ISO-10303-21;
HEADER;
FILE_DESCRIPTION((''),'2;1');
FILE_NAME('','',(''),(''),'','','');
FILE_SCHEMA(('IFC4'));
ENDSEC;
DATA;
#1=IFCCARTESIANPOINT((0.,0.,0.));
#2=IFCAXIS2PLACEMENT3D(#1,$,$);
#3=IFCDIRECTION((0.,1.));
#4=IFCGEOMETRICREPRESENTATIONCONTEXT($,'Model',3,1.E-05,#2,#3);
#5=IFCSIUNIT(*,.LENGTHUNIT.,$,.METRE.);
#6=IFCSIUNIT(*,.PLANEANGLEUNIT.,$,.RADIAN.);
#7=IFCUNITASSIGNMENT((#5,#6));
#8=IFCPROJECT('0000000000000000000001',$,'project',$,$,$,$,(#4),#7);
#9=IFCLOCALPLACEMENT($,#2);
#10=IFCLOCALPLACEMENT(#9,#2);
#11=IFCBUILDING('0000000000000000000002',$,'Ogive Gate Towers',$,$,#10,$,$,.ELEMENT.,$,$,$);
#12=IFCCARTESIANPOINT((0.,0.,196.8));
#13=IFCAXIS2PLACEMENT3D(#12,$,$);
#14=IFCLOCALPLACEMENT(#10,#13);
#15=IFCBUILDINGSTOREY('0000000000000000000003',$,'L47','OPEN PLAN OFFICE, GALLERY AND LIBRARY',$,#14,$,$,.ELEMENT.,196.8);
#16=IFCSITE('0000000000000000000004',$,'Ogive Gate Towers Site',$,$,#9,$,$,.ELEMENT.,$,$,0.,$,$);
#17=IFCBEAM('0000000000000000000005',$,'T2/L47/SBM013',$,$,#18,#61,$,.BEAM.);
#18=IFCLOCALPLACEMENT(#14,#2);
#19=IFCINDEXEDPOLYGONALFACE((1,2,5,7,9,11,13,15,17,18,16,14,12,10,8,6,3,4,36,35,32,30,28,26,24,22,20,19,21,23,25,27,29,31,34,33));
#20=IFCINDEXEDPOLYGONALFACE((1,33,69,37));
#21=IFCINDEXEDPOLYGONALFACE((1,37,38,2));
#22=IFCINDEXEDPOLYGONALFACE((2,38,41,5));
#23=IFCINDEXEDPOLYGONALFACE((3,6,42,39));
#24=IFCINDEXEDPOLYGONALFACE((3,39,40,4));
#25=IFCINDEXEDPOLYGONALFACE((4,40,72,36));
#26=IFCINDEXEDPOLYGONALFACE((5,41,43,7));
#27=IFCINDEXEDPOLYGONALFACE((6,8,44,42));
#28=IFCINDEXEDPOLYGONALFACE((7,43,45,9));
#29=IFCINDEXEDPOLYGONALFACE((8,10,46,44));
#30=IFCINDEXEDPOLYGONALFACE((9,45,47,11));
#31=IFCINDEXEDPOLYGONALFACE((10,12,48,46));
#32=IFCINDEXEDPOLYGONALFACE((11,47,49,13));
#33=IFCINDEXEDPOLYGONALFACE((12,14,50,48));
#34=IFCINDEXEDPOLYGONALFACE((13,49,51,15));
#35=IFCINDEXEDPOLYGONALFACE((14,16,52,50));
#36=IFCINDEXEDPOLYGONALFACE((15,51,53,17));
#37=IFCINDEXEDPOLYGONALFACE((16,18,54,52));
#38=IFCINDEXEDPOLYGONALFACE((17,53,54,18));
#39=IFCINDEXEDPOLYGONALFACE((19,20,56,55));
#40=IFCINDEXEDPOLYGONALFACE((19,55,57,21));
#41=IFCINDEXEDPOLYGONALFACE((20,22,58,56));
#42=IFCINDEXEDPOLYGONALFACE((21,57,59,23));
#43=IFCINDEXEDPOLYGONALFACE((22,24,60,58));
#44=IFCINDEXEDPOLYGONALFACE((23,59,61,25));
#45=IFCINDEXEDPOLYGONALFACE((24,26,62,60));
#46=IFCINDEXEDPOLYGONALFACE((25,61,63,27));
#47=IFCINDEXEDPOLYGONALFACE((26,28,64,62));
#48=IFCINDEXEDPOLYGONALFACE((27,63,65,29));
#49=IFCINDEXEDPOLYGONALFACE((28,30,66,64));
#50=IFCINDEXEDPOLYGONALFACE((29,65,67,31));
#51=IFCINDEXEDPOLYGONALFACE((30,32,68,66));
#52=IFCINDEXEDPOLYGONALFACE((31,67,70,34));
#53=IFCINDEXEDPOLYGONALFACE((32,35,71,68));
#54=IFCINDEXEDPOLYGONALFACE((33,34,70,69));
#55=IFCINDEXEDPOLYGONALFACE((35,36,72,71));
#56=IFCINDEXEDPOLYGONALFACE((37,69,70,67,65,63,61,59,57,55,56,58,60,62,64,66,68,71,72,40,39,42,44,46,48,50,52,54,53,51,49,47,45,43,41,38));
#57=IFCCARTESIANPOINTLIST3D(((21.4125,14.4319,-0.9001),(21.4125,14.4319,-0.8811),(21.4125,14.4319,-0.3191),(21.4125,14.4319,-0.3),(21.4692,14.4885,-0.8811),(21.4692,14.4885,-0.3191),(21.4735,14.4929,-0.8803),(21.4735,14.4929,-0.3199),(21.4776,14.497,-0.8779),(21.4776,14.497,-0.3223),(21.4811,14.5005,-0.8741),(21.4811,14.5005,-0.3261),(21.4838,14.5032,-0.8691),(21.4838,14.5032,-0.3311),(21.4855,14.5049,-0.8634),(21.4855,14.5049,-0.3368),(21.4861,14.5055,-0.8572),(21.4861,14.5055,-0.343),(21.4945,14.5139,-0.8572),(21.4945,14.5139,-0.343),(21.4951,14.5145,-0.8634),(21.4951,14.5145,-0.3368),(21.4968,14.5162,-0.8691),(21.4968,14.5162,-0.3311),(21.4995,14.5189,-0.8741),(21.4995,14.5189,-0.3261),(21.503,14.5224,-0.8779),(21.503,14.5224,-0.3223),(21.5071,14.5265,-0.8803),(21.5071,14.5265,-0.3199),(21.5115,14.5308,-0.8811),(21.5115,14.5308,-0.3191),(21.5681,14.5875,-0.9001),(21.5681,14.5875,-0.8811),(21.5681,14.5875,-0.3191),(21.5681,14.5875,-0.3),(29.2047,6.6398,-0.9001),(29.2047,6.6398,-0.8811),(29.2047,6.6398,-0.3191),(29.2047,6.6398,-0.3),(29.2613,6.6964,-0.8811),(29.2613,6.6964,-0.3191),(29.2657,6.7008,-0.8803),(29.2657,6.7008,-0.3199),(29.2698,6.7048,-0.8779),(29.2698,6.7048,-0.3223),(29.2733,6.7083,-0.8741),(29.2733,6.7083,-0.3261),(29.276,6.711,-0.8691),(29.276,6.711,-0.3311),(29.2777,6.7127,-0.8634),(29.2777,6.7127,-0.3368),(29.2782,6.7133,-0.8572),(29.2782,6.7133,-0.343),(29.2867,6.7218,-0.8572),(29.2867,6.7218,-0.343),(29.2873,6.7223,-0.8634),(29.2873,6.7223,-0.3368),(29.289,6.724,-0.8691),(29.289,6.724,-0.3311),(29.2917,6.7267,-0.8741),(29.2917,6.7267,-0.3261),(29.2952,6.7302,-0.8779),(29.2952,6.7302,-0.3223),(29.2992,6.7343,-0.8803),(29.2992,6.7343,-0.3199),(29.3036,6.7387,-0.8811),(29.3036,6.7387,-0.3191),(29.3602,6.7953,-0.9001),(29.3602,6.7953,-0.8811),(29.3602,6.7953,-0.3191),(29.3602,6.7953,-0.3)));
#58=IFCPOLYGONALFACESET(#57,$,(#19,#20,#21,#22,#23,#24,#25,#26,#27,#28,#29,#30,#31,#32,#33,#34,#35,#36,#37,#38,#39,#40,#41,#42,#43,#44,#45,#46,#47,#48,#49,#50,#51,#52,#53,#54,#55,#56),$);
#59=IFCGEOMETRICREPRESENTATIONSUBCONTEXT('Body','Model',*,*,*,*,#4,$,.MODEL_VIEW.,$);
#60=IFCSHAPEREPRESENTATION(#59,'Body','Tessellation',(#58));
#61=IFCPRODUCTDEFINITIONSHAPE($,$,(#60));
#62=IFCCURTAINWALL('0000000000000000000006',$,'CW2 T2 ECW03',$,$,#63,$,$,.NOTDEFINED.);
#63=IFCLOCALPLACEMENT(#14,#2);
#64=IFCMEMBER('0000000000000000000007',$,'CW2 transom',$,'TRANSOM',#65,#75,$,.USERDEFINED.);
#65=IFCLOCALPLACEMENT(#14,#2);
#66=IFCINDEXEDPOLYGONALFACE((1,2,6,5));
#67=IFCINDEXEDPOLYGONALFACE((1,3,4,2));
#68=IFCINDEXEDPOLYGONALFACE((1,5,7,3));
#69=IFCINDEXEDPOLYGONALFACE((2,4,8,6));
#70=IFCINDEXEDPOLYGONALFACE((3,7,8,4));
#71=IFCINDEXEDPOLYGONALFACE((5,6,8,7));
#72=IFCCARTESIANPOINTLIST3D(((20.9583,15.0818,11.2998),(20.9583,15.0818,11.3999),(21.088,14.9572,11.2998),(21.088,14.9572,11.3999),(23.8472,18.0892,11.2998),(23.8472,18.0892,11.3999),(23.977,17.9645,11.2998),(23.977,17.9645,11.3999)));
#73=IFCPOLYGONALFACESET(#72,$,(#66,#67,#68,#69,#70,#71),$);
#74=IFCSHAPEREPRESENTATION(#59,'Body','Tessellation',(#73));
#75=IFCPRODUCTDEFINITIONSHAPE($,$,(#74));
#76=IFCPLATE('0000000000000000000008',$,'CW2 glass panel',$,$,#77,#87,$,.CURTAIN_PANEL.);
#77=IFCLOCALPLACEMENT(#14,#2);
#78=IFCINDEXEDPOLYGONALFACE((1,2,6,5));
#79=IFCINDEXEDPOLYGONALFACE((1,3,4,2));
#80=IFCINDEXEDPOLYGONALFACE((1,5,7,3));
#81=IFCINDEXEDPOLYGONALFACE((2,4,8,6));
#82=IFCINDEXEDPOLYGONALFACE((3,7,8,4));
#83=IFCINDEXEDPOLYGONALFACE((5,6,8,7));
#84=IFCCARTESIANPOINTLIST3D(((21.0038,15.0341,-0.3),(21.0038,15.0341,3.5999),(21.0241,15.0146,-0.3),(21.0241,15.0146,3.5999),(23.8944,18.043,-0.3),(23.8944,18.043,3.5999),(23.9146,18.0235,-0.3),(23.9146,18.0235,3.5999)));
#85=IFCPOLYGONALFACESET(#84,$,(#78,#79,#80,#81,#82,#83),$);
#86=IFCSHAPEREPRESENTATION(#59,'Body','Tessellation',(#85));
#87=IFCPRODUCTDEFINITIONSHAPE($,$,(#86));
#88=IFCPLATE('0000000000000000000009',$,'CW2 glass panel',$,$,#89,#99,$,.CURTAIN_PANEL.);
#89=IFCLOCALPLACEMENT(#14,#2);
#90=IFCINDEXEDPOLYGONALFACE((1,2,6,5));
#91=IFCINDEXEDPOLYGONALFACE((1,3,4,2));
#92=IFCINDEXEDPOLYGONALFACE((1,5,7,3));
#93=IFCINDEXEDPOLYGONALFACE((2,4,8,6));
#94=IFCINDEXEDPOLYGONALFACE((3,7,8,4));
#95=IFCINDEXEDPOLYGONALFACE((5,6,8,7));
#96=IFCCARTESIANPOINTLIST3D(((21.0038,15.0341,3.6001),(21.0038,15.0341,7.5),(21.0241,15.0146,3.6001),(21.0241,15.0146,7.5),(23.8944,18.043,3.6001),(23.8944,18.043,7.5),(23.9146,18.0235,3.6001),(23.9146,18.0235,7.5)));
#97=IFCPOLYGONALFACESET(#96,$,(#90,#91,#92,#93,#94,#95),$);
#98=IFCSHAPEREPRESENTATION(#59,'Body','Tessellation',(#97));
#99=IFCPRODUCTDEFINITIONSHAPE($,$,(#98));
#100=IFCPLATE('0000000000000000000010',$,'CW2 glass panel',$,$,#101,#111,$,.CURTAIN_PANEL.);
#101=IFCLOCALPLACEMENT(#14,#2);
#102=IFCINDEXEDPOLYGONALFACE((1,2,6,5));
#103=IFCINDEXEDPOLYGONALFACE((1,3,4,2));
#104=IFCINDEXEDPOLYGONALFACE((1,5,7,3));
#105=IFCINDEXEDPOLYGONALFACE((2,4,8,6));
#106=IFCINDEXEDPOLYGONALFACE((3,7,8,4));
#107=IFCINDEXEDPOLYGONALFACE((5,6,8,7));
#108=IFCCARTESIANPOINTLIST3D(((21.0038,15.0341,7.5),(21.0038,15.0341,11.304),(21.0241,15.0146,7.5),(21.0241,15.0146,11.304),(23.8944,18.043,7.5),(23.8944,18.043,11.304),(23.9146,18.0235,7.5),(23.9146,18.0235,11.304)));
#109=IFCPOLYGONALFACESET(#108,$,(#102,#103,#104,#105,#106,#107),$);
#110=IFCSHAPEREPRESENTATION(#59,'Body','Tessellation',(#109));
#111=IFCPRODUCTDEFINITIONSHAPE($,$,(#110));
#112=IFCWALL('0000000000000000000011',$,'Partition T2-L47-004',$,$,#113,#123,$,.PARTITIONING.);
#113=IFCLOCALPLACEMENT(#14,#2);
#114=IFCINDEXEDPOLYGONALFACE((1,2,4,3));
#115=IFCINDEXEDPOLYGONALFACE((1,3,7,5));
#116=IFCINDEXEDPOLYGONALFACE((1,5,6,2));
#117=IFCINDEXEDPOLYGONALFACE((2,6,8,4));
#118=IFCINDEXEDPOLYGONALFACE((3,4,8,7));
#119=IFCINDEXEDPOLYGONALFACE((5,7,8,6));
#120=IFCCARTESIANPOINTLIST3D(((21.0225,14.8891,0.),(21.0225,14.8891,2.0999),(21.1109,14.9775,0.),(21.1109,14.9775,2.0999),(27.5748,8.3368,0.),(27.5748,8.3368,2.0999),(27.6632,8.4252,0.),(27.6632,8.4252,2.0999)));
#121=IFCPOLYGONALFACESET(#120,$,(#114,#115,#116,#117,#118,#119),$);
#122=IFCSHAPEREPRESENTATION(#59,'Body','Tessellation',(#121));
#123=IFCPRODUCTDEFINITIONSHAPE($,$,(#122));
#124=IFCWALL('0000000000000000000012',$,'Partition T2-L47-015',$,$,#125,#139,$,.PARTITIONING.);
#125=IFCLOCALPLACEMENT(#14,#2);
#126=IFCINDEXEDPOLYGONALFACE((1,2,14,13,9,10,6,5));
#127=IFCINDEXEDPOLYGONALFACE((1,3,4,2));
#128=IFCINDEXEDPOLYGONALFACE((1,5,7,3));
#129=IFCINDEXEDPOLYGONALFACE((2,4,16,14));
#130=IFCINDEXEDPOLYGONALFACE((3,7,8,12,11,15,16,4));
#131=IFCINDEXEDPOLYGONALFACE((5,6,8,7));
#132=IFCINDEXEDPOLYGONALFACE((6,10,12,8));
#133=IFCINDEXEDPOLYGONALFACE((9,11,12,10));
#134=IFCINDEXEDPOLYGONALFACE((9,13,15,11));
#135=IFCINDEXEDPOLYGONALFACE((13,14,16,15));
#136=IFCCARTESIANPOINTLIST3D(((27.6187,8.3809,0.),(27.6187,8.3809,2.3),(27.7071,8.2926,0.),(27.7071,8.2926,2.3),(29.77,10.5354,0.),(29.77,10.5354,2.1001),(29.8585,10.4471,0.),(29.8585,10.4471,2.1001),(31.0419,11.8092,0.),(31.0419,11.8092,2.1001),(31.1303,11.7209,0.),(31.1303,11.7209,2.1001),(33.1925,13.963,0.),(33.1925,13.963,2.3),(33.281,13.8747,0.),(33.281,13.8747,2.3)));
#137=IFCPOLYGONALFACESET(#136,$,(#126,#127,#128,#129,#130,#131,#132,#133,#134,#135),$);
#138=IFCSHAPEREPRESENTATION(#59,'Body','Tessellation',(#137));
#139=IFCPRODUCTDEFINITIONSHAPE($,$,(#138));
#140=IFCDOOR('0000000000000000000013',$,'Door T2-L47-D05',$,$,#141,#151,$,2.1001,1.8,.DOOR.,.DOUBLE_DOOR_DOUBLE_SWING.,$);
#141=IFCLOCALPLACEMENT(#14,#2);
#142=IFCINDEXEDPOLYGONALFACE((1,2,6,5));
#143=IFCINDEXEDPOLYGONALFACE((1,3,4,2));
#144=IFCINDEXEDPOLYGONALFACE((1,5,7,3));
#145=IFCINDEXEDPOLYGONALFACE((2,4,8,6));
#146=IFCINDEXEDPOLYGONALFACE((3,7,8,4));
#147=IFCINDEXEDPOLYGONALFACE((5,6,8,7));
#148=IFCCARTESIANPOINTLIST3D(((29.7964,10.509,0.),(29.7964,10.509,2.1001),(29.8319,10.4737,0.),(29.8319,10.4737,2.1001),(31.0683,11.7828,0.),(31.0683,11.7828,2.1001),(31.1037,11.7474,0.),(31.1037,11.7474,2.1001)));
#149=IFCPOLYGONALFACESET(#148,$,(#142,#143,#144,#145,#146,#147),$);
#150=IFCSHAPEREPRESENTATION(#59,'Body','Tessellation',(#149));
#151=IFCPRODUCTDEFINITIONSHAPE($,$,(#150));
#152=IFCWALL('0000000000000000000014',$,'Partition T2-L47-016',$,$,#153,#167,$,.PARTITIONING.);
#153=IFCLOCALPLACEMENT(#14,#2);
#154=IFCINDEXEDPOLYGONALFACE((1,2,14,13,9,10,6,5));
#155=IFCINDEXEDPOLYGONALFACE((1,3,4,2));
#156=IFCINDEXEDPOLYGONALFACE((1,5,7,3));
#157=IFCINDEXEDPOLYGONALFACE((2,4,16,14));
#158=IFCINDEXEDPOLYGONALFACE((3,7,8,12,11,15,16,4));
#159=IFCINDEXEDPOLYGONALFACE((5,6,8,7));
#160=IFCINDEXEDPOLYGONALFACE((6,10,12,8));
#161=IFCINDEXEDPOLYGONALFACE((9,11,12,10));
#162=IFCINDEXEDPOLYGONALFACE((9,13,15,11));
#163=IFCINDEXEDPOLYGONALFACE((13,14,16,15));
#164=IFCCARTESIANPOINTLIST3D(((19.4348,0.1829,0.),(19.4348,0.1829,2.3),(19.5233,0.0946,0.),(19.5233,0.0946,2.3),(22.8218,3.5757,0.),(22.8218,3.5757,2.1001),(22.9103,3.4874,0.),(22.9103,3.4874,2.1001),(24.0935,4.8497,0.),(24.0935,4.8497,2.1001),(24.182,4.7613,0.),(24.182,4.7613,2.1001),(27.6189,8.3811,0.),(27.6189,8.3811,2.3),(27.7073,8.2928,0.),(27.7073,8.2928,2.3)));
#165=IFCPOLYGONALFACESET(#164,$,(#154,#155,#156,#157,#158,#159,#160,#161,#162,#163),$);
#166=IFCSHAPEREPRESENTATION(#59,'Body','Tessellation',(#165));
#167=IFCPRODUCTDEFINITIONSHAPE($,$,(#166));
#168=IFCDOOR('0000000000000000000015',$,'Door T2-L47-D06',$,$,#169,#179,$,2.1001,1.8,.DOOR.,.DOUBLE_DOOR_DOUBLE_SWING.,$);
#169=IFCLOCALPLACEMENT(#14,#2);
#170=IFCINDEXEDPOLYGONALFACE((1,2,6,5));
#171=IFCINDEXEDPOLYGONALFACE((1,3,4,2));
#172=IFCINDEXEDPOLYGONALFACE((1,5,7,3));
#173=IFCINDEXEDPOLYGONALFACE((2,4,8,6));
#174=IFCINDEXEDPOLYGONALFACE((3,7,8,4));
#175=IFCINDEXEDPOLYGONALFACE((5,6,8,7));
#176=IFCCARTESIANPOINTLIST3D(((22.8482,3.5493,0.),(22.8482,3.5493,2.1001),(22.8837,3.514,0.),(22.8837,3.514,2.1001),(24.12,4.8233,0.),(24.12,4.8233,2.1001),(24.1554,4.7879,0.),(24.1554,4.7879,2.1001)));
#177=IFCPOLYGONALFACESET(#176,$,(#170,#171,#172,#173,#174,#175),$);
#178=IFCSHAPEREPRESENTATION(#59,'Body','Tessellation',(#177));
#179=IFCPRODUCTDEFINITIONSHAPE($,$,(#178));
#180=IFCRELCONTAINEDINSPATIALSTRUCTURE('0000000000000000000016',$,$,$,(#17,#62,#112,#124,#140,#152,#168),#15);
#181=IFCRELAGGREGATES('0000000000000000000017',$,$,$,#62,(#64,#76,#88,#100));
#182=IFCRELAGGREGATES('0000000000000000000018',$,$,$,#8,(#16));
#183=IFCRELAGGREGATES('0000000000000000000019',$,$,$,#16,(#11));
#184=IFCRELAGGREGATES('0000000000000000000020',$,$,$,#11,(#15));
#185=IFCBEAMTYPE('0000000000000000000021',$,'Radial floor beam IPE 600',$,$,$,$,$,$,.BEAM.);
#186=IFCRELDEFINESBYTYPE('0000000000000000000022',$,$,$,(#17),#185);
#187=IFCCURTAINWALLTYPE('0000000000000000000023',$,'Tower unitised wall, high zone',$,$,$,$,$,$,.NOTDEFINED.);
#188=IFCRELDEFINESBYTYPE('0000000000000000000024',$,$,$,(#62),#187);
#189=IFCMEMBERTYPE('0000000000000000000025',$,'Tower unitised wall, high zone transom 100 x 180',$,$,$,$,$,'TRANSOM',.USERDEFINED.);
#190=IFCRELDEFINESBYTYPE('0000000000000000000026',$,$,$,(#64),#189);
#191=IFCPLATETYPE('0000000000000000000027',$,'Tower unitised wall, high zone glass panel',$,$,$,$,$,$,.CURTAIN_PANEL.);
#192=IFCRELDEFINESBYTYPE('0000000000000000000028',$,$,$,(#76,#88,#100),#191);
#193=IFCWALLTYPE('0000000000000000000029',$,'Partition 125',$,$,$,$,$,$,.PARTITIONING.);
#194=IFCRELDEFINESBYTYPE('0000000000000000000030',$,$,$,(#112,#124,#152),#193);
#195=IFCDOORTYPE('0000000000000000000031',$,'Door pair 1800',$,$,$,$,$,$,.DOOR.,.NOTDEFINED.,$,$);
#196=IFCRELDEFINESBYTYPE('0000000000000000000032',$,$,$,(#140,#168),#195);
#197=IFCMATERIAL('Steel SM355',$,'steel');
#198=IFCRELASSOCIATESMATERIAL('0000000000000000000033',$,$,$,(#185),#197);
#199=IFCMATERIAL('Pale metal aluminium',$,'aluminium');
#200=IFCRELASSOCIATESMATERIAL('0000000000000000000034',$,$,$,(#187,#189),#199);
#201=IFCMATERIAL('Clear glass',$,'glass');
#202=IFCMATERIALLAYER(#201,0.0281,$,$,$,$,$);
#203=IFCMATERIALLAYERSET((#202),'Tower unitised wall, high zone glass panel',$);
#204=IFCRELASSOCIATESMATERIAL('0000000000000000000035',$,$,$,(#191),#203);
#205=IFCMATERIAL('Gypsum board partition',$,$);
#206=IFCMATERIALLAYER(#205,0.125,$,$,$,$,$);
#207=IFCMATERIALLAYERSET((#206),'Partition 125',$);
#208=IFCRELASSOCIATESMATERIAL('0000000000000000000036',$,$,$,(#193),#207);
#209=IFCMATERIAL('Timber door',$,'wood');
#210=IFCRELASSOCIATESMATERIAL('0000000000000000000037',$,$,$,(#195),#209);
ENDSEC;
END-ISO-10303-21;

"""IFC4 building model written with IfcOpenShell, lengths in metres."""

from ifc_helpers import new_model, si_unit, direction, frame, frame_2d, origin, origin_2d, place, context, subcontext, project, spatial, rectangle, i_section, extrude, material, layer, layer_set, material_profile, profile_set, type_object, element, fill, aggregate, save


model = new_model("IFC4")

# Units and contexts
model_context = context("Model", 3, precision=1e-05, world=origin(), true_north=direction((0.0, 1.0)))
body_context = subcontext(model_context, "Body", "Model", "MODEL_VIEW")
ifc_project = project(units=[si_unit("LENGTHUNIT", "METRE"), si_unit("PLANEANGLEUNIT", "RADIAN")], contexts=[model_context])

# Site, building, storey
site_placement = place(None, origin())
site = spatial("IfcSite", under=ifc_project, at=site_placement, Name="Ogive Gate Towers Site", CompositionType="ELEMENT", RefElevation=0.0)
building_placement = place(site_placement, origin())
building = spatial("IfcBuilding", under=site, at=building_placement, Name="Ogive Gate Towers", CompositionType="ELEMENT")
storey_placement = place(building_placement, frame((0.0, 0.0, 196.8)))
storey = spatial("IfcBuildingStorey", under=building, at=storey_placement, Name="L47", Description="OPEN PLAN OFFICE, GALLERY AND LIBRARY", CompositionType="ELEMENT", Elevation=196.8)

# Beam
ifc_material_1 = material(Name="Steel SM355", Category="steel")
ifc_material_profile_1 = material_profile(ifc_material_1, i_section(OverallWidth=0.22, OverallDepth=0.6001, WebThickness=0.012, FlangeThickness=0.019, FilletRadius=0.0239, at=origin_2d()), Name="IPE 600")
ifc_profile_set_1 = profile_set([ifc_material_profile_1], Name="Steel SM355")
beam_type_1 = type_object("IfcBeamType", Name="Radial floor beam IPE 600", PredefinedType="BEAM", material=ifc_profile_set_1)
beam_1_placement = place(storey_placement, frame((29.2825, 6.7175, -0.6001), z_axis=(-0.707107, 0.707107, 0.0), x_axis=(-0.707107, -0.707107, 0.0)))
element("IfcBeam", 1, at=beam_1_placement, inside=storey, type_object=beam_type_1, Name="T2/L47/SBM013", PredefinedType="BEAM", context=body_context, shape_type="SweptSolid", body=[
    extrude(i_section(OverallWidth=0.22, OverallDepth=0.6001, WebThickness=0.012, FlangeThickness=0.019, FilletRadius=0.0239, at=origin_2d()), origin(), (0.0, 0.0, 1.0), 11.0198),
])

# Curtain wall, member, plates
ifc_material_2 = material(Name="Pale metal aluminium", Category="aluminium")
curtain_wall_type = type_object("IfcCurtainWallType", Name="Tower unitised wall, high zone", PredefinedType="NOTDEFINED", material=ifc_material_2)
curtain_wall_placement = place(storey_placement, origin())
curtain_wall = element("IfcCurtainWall", 2, at=curtain_wall_placement, inside=storey, type_object=curtain_wall_type, Name="CW2 T2 ECW03", PredefinedType="NOTDEFINED")
ifc_material_profile_2 = material_profile(ifc_material_2, rectangle(XDim=0.1799, YDim=0.1001, at=origin_2d()), Name="100 x 180 aluminium box")
ifc_profile_set_2 = profile_set([ifc_material_profile_2], Name="Pale metal aluminium")
member_type = type_object("IfcMemberType", Name="Tower unitised wall, high zone transom 100 x 180", ElementType="TRANSOM", PredefinedType="USERDEFINED", material=ifc_profile_set_2)
member_placement = place(storey_placement, frame((23.9121, 18.0269, 11.3499), z_axis=(-0.692767, -0.721161, 0.0), x_axis=(0.721161, -0.692767, 0.0)))
member = element("IfcMember", 3, at=member_placement, type_object=member_type, Name="CW2 transom", ObjectType="TRANSOM", PredefinedType="USERDEFINED", context=body_context, shape_type="SweptSolid", body=[
    extrude(rectangle(XDim=0.1799, YDim=0.1001, at=origin_2d()), origin(), (0.0, 0.0, 1.0), 4.1702),
])
ifc_material_3 = material(Name="Clear glass", Category="glass")
ifc_layer_1 = layer(ifc_material_3, 0.0281)
ifc_layer_set_1 = layer_set([ifc_layer_1], Name="Tower unitised wall, high zone glass panel")
plate_type = type_object("IfcPlateType", Name="Tower unitised wall, high zone glass panel", PredefinedType="CURTAIN_PANEL", material=ifc_layer_set_1)
plate_1_placement = place(storey_placement, frame((22.4592, 16.5288, -0.3), z_axis=(0.0, 0.0, 1.0), x_axis=(-0.692785, -0.721144, 0.0)))
plate_1 = element("IfcPlate", 4, at=plate_1_placement, type_object=plate_type, Name="CW2 glass panel", PredefinedType="CURTAIN_PANEL", context=body_context, shape_type="SweptSolid", body=[
    extrude(rectangle(XDim=4.1724, YDim=0.0281, at=origin_2d()), origin(), (0.0, 0.0, 1.0), 3.8999),
])
plate_2_placement = place(storey_placement, frame((22.4592, 16.5288, 3.6001), z_axis=(0.0, 0.0, 1.0), x_axis=(-0.692785, -0.721144, 0.0)))
plate_2 = element("IfcPlate", 5, at=plate_2_placement, type_object=plate_type, Name="CW2 glass panel", PredefinedType="CURTAIN_PANEL", context=body_context, shape_type="SweptSolid", body=[
    extrude(rectangle(XDim=4.1724, YDim=0.0281, at=origin_2d()), origin(), (0.0, 0.0, 1.0), 3.8999),
])
plate_3_placement = place(storey_placement, frame((22.4592, 16.5288, 7.5), z_axis=(0.0, 0.0, 1.0), x_axis=(-0.692785, -0.721144, 0.0)))
plate_3 = element("IfcPlate", 6, at=plate_3_placement, type_object=plate_type, Name="CW2 glass panel", PredefinedType="CURTAIN_PANEL", context=body_context, shape_type="SweptSolid", body=[
    extrude(rectangle(XDim=4.1724, YDim=0.0281, at=origin_2d()), origin(), (0.0, 0.0, 1.0), 3.804),
])
aggregate(curtain_wall, [member, plate_1, plate_2, plate_3])

# Wall
ifc_material_4 = material(Name="Gypsum board partition")
ifc_layer_2 = layer(ifc_material_4, 0.125)
ifc_layer_set_2 = layer_set([ifc_layer_2], Name="Partition 125")
wall_type_1 = type_object("IfcWallType", Name="Partition 125", PredefinedType="PARTITIONING", material=ifc_layer_set_2)
wall_1_placement = place(storey_placement, frame((21.0667, 14.9333, 0.0), z_axis=(0.0, 0.0, 1.0), x_axis=(0.707107, -0.707107, 0.0)))
element("IfcWall", 7, at=wall_1_placement, inside=storey, type_object=wall_type_1, Name="Partition T2-L47-004", PredefinedType="PARTITIONING", context=body_context, shape_type="SweptSolid", body=[
    extrude(rectangle(XDim=9.2664, YDim=0.125, at=frame_2d((4.6333, 0.0))), origin(), (0.0, 0.0, 1.0), 2.0999),
])

# Walls, openings, doors
wall_2_placement = place(storey_placement, frame((33.2368, 13.9189, 0.0), z_axis=(0.0, 0.0, 1.0), x_axis=(-0.70658, -0.707633, 0.0)))
wall_2 = element("IfcWall", 8, at=wall_2_placement, inside=storey, type_object=wall_type_1, Name="Partition T2-L47-015", PredefinedType="PARTITIONING", context=body_context, shape_type="SweptSolid", body=[
    extrude(rectangle(XDim=7.8884, YDim=0.125, at=frame_2d((3.9443, 0.0))), origin(), (0.0, 0.0, 1.0), 2.3),
])
opening_1_placement = place(wall_2_placement, frame((3.0439, 0.0, 0.0)))
opening_1 = element("IfcOpeningElement", 9, at=opening_1_placement, cuts=wall_2, PredefinedType="OPENING", context=body_context, shape_type="SweptSolid", body=[
    extrude(rectangle(XDim=1.8, YDim=2.1001, at=frame_2d((0.8999, 1.05))), frame((0.0, 0.0725, 0.0), z_axis=(0.0, -1.0, 0.0), x_axis=(1.0, 0.0, 0.0)), (0.0, 0.0, 1.0), 0.145),
])
ifc_material_5 = material(Name="Timber door", Category="wood")
door_type_1 = type_object("IfcDoorType", Name="Door pair 1800", OperationType="NOTDEFINED", PredefinedType="DOOR", material=ifc_material_5)
door_1_placement = place(opening_1_placement, origin())
door_1 = element("IfcDoor", 10, at=door_1_placement, inside=storey, type_object=door_type_1, Name="Door T2-L47-D05", OperationType="DOUBLE_DOOR_DOUBLE_SWING", OverallHeight=2.1001, OverallWidth=1.8, PredefinedType="DOOR", context=body_context, shape_type="SweptSolid", body=[
    extrude(rectangle(XDim=1.8, YDim=2.1001, at=frame_2d((0.8999, 1.05))), frame((0.0, 0.0249, 0.0), z_axis=(0.0, -1.0, 0.0), x_axis=(1.0, 0.0, 0.0)), (0.0, 0.0, 1.0), 0.05),
])
fill(opening_1, door_1)
wall_3_placement = place(storey_placement, frame((27.6631, 8.3369, 0.0), z_axis=(0.0, 0.0, 1.0), x_axis=(-0.706495, -0.707718, 0.0)))
wall_3 = element("IfcWall", 11, at=wall_3_placement, inside=storey, type_object=wall_type_1, Name="Partition T2-L47-016", PredefinedType="PARTITIONING", context=body_context, shape_type="SweptSolid", body=[
    extrude(rectangle(XDim=11.584, YDim=0.125, at=frame_2d((5.792, 0.0))), origin(), (0.0, 0.0, 1.0), 2.3),
])
opening_2_placement = place(wall_3_placement, frame((4.99, 0.0, 0.0)))
opening_2 = element("IfcOpeningElement", 12, at=opening_2_placement, cuts=wall_3, PredefinedType="OPENING", context=body_context, shape_type="SweptSolid", body=[
    extrude(rectangle(XDim=1.8, YDim=2.1001, at=frame_2d((0.8999, 1.05))), frame((0.0, 0.0725, 0.0), z_axis=(0.0, -1.0, 0.0), x_axis=(1.0, 0.0, 0.0)), (0.0, 0.0, 1.0), 0.145),
])
door_2_placement = place(opening_2_placement, origin())
door_2 = element("IfcDoor", 13, at=door_2_placement, inside=storey, type_object=door_type_1, Name="Door T2-L47-D06", OperationType="DOUBLE_DOOR_DOUBLE_SWING", OverallHeight=2.1001, OverallWidth=1.8, PredefinedType="DOOR", context=body_context, shape_type="SweptSolid", body=[
    extrude(rectangle(XDim=1.8, YDim=2.1001, at=frame_2d((0.8999, 1.05))), frame((0.0, 0.0249, 0.0), z_axis=(0.0, -1.0, 0.0), x_axis=(1.0, 0.0, 0.0)), (0.0, 0.0, 1.0), 0.05),
])
fill(opening_2, door_2)

save(model, "model.ifc")
